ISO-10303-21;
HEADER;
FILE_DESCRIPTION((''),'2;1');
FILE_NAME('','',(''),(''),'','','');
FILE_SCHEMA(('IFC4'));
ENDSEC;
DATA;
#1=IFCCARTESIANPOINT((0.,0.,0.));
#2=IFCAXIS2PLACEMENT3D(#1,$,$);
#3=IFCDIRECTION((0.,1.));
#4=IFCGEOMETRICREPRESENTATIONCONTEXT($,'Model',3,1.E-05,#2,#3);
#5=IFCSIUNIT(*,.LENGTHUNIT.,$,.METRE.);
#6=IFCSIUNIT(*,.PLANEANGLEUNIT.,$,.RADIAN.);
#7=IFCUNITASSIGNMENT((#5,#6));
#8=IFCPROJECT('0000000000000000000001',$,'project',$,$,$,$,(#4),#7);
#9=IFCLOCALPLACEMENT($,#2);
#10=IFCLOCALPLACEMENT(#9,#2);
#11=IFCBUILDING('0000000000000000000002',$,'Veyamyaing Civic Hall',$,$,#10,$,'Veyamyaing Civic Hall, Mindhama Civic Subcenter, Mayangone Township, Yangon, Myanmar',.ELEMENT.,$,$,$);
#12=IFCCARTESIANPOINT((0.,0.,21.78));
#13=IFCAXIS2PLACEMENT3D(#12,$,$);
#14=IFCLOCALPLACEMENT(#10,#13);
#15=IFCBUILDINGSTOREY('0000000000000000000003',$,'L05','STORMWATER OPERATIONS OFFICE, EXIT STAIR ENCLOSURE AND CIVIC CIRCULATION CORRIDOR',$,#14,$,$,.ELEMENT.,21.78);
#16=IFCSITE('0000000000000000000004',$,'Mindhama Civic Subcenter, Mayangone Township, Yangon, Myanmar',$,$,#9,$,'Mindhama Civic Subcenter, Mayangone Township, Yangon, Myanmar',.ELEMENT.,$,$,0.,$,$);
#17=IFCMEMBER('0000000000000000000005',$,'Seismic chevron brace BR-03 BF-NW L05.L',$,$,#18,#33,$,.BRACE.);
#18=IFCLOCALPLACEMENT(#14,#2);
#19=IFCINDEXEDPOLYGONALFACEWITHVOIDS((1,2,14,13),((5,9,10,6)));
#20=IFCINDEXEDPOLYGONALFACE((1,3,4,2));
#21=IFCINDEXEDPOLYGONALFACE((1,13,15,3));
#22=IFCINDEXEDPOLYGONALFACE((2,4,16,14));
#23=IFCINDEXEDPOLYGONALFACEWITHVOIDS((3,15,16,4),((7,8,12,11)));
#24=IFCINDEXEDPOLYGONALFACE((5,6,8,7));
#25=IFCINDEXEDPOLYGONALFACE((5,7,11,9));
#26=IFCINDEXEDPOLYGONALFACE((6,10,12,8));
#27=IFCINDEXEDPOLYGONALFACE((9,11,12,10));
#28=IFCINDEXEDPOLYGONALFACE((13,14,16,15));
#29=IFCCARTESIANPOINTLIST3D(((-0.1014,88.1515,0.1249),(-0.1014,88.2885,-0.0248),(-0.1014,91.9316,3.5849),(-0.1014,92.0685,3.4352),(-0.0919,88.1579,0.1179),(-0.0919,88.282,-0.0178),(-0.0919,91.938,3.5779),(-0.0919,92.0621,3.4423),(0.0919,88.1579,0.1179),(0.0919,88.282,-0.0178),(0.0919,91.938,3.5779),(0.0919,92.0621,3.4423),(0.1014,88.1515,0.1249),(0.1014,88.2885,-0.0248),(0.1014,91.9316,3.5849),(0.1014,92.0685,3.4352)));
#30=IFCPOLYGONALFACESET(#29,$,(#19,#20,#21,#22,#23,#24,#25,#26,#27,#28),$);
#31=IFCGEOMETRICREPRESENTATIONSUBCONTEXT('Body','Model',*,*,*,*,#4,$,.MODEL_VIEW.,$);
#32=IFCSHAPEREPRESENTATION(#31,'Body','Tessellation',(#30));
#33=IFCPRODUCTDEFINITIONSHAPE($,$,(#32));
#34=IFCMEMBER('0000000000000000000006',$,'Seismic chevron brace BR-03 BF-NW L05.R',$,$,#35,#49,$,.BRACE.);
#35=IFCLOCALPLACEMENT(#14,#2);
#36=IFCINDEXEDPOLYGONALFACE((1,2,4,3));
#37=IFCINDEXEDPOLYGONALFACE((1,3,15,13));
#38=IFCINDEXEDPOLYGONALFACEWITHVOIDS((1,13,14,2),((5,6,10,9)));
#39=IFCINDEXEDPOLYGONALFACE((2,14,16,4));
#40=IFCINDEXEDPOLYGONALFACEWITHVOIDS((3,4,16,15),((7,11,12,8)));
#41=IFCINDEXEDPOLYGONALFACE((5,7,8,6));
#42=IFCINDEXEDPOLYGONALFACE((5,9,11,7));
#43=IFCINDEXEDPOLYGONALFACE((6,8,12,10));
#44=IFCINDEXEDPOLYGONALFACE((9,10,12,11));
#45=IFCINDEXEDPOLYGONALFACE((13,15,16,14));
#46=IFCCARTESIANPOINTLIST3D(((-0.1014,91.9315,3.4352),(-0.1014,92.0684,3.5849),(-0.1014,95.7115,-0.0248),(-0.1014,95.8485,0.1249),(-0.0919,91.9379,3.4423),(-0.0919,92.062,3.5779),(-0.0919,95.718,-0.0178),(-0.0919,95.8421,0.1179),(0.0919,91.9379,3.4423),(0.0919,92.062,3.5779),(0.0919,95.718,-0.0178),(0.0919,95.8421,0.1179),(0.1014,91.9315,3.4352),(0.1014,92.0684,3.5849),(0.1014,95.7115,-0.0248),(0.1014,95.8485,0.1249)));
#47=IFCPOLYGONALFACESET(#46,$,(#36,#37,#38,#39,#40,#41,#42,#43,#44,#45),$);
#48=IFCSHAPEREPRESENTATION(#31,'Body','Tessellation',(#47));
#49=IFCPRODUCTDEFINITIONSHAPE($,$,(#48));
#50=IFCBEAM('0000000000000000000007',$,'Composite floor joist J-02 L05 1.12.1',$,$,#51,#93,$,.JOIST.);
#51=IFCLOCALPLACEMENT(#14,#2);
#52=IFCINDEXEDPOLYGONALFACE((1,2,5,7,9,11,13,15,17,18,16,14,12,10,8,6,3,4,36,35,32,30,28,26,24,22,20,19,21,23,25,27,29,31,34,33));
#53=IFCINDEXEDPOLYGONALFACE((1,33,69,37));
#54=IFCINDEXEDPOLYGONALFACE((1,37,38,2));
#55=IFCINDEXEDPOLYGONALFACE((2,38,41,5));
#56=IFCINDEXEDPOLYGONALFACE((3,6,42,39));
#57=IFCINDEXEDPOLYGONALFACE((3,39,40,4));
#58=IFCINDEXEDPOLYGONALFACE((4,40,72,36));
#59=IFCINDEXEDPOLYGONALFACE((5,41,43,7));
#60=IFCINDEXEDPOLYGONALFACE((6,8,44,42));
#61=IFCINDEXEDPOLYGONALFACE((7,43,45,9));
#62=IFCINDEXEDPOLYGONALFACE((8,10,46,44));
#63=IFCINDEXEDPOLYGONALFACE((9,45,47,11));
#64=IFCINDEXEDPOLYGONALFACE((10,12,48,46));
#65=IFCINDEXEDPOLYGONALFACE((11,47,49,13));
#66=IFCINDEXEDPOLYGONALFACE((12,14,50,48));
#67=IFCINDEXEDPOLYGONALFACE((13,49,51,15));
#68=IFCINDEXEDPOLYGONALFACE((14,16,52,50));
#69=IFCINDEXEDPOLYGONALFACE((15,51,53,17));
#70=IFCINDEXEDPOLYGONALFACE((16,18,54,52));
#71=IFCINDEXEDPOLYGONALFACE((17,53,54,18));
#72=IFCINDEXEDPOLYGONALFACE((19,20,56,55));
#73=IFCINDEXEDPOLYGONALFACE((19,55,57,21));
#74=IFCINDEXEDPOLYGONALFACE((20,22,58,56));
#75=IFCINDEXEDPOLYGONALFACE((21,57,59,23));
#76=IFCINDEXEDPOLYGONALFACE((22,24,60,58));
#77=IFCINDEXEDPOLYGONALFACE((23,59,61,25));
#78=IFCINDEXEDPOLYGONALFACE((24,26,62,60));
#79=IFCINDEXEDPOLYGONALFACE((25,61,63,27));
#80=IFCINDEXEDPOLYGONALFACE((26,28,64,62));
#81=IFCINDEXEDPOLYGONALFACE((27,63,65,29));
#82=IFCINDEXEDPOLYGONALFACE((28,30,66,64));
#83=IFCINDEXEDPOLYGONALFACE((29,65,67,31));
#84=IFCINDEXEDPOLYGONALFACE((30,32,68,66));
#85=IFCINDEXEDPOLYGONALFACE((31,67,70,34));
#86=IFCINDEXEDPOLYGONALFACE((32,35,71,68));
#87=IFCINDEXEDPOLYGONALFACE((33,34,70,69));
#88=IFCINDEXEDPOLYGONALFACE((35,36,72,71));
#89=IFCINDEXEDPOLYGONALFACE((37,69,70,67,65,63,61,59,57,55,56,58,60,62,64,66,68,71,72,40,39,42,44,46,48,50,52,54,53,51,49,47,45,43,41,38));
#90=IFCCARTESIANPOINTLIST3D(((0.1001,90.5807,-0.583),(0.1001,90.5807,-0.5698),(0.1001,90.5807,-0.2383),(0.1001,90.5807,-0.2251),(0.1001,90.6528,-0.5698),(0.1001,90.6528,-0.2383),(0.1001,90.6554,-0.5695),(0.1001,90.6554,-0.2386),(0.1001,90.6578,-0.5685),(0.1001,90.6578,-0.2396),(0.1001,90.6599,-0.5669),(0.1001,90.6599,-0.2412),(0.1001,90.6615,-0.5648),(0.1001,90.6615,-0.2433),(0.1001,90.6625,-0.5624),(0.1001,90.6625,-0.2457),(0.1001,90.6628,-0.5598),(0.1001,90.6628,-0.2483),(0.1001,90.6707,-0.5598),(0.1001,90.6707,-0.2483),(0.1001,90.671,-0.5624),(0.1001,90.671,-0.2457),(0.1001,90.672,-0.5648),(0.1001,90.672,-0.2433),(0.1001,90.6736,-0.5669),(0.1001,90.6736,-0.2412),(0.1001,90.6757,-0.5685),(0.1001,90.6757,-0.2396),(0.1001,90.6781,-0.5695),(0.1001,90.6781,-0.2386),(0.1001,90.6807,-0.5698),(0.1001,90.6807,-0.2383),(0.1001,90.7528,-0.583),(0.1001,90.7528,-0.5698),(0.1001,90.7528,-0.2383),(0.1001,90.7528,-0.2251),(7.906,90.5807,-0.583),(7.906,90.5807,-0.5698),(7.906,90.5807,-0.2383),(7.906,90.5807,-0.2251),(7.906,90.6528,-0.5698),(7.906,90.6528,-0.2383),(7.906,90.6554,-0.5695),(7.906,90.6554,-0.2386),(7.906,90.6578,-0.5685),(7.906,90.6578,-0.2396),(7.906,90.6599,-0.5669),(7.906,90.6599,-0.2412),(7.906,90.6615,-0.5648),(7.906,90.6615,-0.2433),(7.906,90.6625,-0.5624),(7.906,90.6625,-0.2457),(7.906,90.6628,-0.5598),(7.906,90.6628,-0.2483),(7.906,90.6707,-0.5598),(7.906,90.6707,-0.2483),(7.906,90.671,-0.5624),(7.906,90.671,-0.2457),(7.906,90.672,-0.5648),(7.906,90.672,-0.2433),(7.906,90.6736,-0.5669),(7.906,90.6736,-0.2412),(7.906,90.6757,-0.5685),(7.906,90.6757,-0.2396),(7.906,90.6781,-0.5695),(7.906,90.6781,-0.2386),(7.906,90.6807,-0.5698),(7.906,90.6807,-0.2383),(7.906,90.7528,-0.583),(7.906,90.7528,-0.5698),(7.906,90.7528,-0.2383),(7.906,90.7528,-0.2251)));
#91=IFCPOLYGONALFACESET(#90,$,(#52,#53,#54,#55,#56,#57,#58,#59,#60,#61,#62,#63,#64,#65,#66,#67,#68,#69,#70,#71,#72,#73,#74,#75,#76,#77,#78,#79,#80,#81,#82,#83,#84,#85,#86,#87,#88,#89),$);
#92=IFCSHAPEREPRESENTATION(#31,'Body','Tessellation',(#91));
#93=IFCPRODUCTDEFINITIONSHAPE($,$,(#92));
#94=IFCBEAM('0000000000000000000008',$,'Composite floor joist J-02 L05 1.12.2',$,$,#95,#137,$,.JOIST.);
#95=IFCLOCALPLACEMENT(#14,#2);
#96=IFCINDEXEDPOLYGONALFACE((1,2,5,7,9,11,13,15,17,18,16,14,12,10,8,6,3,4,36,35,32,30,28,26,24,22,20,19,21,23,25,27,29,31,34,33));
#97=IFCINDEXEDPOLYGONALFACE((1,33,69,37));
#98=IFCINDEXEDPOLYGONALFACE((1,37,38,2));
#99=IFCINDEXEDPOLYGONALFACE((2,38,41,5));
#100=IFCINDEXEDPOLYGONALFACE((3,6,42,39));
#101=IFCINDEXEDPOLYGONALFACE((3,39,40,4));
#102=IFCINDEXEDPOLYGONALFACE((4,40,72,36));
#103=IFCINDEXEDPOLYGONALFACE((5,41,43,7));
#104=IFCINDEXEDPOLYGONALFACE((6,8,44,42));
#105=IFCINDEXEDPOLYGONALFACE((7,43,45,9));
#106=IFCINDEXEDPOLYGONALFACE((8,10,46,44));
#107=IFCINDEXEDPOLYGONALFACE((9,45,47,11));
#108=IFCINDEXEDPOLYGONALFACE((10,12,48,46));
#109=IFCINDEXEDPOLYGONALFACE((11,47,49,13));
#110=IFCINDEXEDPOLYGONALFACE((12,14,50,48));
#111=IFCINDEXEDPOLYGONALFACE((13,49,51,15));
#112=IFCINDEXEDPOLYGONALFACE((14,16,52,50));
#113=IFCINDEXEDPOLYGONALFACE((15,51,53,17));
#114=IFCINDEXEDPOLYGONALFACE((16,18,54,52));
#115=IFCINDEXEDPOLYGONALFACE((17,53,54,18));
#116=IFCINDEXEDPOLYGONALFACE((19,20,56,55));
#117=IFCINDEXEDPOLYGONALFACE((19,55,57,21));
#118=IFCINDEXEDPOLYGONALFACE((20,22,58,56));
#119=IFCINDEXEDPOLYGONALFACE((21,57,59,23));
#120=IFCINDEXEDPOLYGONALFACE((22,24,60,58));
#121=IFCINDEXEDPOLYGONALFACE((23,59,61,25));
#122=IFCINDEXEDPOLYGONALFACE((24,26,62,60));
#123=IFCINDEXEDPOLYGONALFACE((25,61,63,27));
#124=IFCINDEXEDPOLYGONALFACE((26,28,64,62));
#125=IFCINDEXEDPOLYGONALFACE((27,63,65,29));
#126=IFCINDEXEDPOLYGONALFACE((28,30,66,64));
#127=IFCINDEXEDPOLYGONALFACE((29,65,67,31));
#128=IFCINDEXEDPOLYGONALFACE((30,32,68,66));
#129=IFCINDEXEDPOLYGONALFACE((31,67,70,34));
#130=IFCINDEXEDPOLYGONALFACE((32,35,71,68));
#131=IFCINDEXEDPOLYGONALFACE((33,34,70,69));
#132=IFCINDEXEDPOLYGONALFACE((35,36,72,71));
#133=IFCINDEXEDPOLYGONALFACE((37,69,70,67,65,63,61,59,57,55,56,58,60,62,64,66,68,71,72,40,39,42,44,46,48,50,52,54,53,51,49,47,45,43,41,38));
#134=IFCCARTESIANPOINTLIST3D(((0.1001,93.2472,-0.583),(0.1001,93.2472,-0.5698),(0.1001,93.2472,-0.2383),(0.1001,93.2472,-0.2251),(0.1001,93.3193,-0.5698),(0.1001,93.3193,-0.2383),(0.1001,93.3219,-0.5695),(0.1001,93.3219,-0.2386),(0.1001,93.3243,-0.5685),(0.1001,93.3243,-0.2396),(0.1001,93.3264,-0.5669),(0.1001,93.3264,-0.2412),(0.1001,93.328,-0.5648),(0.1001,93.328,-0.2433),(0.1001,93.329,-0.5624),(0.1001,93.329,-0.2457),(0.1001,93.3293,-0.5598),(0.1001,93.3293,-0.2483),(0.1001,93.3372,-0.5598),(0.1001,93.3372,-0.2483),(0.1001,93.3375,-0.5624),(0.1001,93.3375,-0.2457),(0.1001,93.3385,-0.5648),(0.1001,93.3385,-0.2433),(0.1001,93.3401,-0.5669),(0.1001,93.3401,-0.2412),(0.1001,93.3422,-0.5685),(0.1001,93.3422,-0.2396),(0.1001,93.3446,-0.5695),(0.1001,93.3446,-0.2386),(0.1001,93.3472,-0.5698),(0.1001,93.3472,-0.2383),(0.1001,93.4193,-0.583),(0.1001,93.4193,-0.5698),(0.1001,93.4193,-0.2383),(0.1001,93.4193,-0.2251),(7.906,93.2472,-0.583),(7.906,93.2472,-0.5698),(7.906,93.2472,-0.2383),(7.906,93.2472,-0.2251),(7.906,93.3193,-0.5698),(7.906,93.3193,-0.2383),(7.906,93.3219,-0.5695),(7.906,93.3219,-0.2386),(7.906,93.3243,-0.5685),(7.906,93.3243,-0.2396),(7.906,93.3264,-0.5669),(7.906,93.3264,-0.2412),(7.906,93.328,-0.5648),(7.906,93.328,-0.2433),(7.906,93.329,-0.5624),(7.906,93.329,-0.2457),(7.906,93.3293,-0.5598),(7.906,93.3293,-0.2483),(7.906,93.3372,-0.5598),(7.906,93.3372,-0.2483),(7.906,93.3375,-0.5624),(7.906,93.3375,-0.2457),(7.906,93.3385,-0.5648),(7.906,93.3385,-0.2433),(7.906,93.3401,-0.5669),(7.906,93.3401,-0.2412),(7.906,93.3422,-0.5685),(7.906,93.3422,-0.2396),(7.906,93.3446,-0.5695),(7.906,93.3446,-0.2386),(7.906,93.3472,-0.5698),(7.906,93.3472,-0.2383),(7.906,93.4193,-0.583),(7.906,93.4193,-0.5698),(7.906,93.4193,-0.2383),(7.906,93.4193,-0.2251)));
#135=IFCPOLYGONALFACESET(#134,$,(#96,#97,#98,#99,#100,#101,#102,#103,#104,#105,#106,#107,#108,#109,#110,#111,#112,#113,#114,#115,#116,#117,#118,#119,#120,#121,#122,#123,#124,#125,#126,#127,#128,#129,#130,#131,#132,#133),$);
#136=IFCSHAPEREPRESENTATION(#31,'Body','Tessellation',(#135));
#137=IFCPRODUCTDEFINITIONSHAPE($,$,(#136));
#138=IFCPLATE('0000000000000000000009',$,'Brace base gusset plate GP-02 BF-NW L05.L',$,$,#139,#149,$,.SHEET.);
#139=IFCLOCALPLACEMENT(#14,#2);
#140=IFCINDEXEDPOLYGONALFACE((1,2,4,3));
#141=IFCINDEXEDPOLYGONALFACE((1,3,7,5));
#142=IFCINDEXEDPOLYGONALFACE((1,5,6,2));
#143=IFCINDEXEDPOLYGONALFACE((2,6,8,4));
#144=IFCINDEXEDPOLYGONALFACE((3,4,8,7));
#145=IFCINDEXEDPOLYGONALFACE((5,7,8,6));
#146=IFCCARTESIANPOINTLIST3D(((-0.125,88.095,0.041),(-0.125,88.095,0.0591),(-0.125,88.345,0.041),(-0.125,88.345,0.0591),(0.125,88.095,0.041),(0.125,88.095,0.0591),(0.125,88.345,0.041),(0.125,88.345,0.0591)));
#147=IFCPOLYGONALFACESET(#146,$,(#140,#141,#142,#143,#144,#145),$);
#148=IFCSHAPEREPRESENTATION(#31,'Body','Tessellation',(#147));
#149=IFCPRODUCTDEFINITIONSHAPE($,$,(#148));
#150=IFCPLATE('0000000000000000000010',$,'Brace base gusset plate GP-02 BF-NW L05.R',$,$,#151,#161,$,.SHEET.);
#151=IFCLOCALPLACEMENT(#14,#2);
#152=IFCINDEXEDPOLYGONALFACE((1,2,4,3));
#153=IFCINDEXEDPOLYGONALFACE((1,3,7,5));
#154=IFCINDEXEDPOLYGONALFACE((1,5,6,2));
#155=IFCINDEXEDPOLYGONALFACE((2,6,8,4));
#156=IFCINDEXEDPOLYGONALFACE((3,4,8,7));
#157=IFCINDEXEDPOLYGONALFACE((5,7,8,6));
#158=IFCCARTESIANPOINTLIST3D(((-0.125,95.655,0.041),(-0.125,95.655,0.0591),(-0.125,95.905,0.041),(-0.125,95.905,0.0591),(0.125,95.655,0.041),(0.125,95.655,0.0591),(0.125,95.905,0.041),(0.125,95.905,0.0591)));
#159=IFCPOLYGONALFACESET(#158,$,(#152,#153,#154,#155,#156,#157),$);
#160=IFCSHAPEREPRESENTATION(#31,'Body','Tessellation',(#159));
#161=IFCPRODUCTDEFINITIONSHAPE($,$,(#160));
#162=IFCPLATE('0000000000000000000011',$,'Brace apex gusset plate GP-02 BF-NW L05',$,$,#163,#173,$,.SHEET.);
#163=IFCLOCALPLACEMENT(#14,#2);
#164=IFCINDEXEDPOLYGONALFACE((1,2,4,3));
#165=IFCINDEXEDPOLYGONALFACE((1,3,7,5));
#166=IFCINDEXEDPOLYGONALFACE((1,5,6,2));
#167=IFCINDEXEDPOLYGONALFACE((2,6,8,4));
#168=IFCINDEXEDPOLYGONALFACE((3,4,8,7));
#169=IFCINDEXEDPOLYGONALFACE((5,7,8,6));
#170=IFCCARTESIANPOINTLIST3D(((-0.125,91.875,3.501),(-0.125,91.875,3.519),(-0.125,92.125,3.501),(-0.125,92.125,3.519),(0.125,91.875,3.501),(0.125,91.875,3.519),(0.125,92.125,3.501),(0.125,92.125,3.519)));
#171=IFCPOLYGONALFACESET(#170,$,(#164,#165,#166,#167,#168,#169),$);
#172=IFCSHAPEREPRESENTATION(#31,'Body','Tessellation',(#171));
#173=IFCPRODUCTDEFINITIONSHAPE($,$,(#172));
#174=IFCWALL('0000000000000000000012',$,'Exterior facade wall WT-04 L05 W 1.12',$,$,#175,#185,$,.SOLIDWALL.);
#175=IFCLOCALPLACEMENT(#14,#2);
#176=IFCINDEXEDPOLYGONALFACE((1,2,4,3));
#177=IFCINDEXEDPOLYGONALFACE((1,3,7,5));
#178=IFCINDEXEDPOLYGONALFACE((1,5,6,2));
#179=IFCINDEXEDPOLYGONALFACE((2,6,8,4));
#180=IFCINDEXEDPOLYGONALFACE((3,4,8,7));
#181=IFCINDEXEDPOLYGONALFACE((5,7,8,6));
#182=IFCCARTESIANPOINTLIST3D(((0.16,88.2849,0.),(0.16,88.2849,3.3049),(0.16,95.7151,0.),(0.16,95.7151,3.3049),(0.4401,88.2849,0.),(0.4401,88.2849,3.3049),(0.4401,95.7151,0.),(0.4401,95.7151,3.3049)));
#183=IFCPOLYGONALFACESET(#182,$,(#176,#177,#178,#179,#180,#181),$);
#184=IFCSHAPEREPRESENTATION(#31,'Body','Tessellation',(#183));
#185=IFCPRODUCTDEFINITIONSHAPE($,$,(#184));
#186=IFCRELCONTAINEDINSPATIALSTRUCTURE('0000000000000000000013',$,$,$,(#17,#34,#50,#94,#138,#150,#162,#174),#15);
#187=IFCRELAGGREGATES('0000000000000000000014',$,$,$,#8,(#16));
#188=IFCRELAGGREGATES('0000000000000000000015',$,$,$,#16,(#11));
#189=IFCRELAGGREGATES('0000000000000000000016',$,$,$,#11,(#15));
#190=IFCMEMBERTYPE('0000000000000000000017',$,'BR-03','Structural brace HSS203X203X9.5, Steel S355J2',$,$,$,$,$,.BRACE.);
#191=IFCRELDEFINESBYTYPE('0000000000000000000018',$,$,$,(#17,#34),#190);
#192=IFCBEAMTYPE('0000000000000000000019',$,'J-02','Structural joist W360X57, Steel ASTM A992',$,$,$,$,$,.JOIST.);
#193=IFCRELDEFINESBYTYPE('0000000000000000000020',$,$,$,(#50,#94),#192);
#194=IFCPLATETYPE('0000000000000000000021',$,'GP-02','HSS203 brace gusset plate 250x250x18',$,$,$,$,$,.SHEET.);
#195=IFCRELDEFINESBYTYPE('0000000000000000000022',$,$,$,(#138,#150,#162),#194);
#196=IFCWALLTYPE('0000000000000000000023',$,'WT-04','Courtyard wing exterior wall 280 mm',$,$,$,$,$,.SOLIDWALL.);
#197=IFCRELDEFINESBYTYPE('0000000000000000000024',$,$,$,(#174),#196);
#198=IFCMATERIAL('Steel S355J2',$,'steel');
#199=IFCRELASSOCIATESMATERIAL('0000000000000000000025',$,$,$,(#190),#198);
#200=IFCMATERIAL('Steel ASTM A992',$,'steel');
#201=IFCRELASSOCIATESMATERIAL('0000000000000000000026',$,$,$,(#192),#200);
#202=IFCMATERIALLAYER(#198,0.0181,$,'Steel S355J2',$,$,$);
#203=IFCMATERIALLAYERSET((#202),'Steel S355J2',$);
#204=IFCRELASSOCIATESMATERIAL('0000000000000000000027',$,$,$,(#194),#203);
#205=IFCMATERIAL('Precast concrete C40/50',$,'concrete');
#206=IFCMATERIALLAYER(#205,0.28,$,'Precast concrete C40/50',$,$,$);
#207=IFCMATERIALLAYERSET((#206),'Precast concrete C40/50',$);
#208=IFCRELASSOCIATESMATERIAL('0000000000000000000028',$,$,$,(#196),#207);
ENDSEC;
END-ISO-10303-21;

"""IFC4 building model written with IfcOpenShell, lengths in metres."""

from ifc_helpers import new_model, si_unit, direction, frame, frame_2d, origin, origin_2d, place, context, subcontext, project, spatial, rectangle, hollow_rectangle, i_section, extrude, material, layer, layer_set, material_profile, profile_set, type_object, element, save


model = new_model("IFC4")

# Units and contexts
model_context = context("Model", 3, precision=1e-05, world=origin(), true_north=direction((0.0, 1.0)))
body_context = subcontext(model_context, "Body", "Model", "MODEL_VIEW")
ifc_project = project(units=[si_unit("LENGTHUNIT", "METRE"), si_unit("PLANEANGLEUNIT", "RADIAN")], contexts=[model_context])

# Site, building, storey
site_placement = place(None, origin())
site = spatial("IfcSite", under=ifc_project, at=site_placement, Name="Mindhama Civic Subcenter, Mayangone Township, Yangon, Myanmar", LongName="Mindhama Civic Subcenter, Mayangone Township, Yangon, Myanmar", CompositionType="ELEMENT", RefElevation=0.0)
building_placement = place(site_placement, origin())
building = spatial("IfcBuilding", under=site, at=building_placement, Name="Veyamyaing Civic Hall", LongName="Veyamyaing Civic Hall, Mindhama Civic Subcenter, Mayangone Township, Yangon, Myanmar", CompositionType="ELEMENT")
storey_placement = place(building_placement, frame((0.0, 0.0, 21.78)))
storey = spatial("IfcBuildingStorey", under=building, at=storey_placement, Name="L05", Description="STORMWATER OPERATIONS OFFICE, EXIT STAIR ENCLOSURE AND CIVIC CIRCULATION CORRIDOR", CompositionType="ELEMENT", Elevation=21.78)

# Shared definitions
ifc_material_1 = material(Name="Steel ASTM A992", Category="steel")

# Members
ifc_material_2 = material(Name="Steel S355J2", Category="steel")
ifc_material_profile_1 = material_profile(ifc_material_2, hollow_rectangle(XDim=0.2029, YDim=0.2029, WallThickness=0.0095, at=origin_2d()), Name="HSS203X203X9.5")
ifc_profile_set_1 = profile_set([ifc_material_profile_1], Name="Steel S355J2")
member_type = type_object("IfcMemberType", Name="BR-03", Description="Structural brace HSS203X203X9.5, Steel S355J2", PredefinedType="BRACE", material=ifc_profile_set_1)
for number, where, z_axis, x_axis, name in (
    (1, (0.0, 88.22, 0.05), (0.0, 0.737646, 0.675187), (-1.0, 0.0, 0.0), "Seismic chevron brace BR-03 BF-NW L05.L"),
    (2, (0.0, 95.78, 0.05), (0.0, -0.737646, 0.675187), (1.0, 0.0, 0.0), "Seismic chevron brace BR-03 BF-NW L05.R"),
):
    element("IfcMember", number, at=place(storey_placement, frame(where, z_axis=z_axis, x_axis=x_axis)), inside=storey, type_object=member_type, Name=name, PredefinedType="BRACE", context=body_context, shape_type="SweptSolid", body=[
        extrude(hollow_rectangle(XDim=0.2029, YDim=0.2029, WallThickness=0.0095, at=origin_2d()), origin(), (0.0, 0.0, 1.0), 5.1245),
    ])

# Beams
ifc_material_profile_2 = material_profile(ifc_material_1, i_section(OverallWidth=0.1721, OverallDepth=0.3579, WebThickness=0.0078, FlangeThickness=0.0132, FilletRadius=0.01, at=origin_2d()), Name="W360X57")
ifc_profile_set_2 = profile_set([ifc_material_profile_2], Name="Steel ASTM A992")
beam_type_1 = type_object("IfcBeamType", Name="J-02", Description="Structural joist W360X57, Steel ASTM A992", PredefinedType="JOIST", material=ifc_profile_set_2)
for number, where, z_axis, x_axis, name in (
    (3, (0.1001, 90.6667, -0.4041), (1.0, 0.0, 0.0), (0.0, 1.0, 0.0), "Composite floor joist J-02 L05 1.12.1"),
    (4, (0.1001, 93.3333, -0.4041), (1.0, 0.0, 0.0), (0.0, 1.0, 0.0), "Composite floor joist J-02 L05 1.12.2"),
):
    element("IfcBeam", number, at=place(storey_placement, frame(where, z_axis=z_axis, x_axis=x_axis)), inside=storey, type_object=beam_type_1, Name=name, PredefinedType="JOIST", context=body_context, shape_type="SweptSolid", body=[
        extrude(i_section(OverallWidth=0.1721, OverallDepth=0.3579, WebThickness=0.0078, FlangeThickness=0.0132, FilletRadius=0.01, at=origin_2d()), origin(), (0.0, 0.0, 1.0), 7.8059),
    ])

# Plates
ifc_layer_1 = layer(ifc_material_2, 0.0181, Name="Steel S355J2")
ifc_layer_set_1 = layer_set([ifc_layer_1], Name="Steel S355J2")
plate_type = type_object("IfcPlateType", Name="GP-02", Description="HSS203 brace gusset plate 250x250x18", PredefinedType="SHEET", material=ifc_layer_set_1)
for number, where, z_axis, x_axis, name in (
    (5, (0.0, 88.22, 0.041), (0.0, 0.0, 1.0), (1.0, 0.0, 0.0), "Brace base gusset plate GP-02 BF-NW L05.L"),
    (6, (0.0, 95.78, 0.041), (0.0, 0.0, 1.0), (1.0, 0.0, 0.0), "Brace base gusset plate GP-02 BF-NW L05.R"),
    (7, (0.0, 92.0, 3.501), (0.0, 0.0, 1.0), (1.0, 0.0, 0.0), "Brace apex gusset plate GP-02 BF-NW L05"),
):
    element("IfcPlate", number, at=place(storey_placement, frame(where, z_axis=z_axis, x_axis=x_axis)), inside=storey, type_object=plate_type, Name=name, PredefinedType="SHEET", context=body_context, shape_type="SweptSolid", body=[
        extrude(rectangle(XDim=0.25, YDim=0.25, at=origin_2d()), origin(), (0.0, 0.0, 1.0), 0.0181),
    ])

# Wall
ifc_material_3 = material(Name="Precast concrete C40/50", Category="concrete")
ifc_layer_2 = layer(ifc_material_3, 0.28, Name="Precast concrete C40/50")
ifc_layer_set_2 = layer_set([ifc_layer_2], Name="Precast concrete C40/50")
wall_type_1 = type_object("IfcWallType", Name="WT-04", Description="Courtyard wing exterior wall 280 mm", PredefinedType="SOLIDWALL", material=ifc_layer_set_2)
wall_1_placement = place(storey_placement, frame((0.3, 88.2849, 0.0), z_axis=(0.0, 0.0, 1.0), x_axis=(0.0, 1.0, 0.0)))
element("IfcWall", 8, at=wall_1_placement, inside=storey, type_object=wall_type_1, Name="Exterior facade wall WT-04 L05 W 1.12", PredefinedType="SOLIDWALL", context=body_context, shape_type="SweptSolid", body=[
    extrude(rectangle(XDim=7.4302, YDim=0.28, at=frame_2d((3.7151, 0.0))), origin(), (0.0, 0.0, 1.0), 3.3049),
])

save(model, "model.ifc")
